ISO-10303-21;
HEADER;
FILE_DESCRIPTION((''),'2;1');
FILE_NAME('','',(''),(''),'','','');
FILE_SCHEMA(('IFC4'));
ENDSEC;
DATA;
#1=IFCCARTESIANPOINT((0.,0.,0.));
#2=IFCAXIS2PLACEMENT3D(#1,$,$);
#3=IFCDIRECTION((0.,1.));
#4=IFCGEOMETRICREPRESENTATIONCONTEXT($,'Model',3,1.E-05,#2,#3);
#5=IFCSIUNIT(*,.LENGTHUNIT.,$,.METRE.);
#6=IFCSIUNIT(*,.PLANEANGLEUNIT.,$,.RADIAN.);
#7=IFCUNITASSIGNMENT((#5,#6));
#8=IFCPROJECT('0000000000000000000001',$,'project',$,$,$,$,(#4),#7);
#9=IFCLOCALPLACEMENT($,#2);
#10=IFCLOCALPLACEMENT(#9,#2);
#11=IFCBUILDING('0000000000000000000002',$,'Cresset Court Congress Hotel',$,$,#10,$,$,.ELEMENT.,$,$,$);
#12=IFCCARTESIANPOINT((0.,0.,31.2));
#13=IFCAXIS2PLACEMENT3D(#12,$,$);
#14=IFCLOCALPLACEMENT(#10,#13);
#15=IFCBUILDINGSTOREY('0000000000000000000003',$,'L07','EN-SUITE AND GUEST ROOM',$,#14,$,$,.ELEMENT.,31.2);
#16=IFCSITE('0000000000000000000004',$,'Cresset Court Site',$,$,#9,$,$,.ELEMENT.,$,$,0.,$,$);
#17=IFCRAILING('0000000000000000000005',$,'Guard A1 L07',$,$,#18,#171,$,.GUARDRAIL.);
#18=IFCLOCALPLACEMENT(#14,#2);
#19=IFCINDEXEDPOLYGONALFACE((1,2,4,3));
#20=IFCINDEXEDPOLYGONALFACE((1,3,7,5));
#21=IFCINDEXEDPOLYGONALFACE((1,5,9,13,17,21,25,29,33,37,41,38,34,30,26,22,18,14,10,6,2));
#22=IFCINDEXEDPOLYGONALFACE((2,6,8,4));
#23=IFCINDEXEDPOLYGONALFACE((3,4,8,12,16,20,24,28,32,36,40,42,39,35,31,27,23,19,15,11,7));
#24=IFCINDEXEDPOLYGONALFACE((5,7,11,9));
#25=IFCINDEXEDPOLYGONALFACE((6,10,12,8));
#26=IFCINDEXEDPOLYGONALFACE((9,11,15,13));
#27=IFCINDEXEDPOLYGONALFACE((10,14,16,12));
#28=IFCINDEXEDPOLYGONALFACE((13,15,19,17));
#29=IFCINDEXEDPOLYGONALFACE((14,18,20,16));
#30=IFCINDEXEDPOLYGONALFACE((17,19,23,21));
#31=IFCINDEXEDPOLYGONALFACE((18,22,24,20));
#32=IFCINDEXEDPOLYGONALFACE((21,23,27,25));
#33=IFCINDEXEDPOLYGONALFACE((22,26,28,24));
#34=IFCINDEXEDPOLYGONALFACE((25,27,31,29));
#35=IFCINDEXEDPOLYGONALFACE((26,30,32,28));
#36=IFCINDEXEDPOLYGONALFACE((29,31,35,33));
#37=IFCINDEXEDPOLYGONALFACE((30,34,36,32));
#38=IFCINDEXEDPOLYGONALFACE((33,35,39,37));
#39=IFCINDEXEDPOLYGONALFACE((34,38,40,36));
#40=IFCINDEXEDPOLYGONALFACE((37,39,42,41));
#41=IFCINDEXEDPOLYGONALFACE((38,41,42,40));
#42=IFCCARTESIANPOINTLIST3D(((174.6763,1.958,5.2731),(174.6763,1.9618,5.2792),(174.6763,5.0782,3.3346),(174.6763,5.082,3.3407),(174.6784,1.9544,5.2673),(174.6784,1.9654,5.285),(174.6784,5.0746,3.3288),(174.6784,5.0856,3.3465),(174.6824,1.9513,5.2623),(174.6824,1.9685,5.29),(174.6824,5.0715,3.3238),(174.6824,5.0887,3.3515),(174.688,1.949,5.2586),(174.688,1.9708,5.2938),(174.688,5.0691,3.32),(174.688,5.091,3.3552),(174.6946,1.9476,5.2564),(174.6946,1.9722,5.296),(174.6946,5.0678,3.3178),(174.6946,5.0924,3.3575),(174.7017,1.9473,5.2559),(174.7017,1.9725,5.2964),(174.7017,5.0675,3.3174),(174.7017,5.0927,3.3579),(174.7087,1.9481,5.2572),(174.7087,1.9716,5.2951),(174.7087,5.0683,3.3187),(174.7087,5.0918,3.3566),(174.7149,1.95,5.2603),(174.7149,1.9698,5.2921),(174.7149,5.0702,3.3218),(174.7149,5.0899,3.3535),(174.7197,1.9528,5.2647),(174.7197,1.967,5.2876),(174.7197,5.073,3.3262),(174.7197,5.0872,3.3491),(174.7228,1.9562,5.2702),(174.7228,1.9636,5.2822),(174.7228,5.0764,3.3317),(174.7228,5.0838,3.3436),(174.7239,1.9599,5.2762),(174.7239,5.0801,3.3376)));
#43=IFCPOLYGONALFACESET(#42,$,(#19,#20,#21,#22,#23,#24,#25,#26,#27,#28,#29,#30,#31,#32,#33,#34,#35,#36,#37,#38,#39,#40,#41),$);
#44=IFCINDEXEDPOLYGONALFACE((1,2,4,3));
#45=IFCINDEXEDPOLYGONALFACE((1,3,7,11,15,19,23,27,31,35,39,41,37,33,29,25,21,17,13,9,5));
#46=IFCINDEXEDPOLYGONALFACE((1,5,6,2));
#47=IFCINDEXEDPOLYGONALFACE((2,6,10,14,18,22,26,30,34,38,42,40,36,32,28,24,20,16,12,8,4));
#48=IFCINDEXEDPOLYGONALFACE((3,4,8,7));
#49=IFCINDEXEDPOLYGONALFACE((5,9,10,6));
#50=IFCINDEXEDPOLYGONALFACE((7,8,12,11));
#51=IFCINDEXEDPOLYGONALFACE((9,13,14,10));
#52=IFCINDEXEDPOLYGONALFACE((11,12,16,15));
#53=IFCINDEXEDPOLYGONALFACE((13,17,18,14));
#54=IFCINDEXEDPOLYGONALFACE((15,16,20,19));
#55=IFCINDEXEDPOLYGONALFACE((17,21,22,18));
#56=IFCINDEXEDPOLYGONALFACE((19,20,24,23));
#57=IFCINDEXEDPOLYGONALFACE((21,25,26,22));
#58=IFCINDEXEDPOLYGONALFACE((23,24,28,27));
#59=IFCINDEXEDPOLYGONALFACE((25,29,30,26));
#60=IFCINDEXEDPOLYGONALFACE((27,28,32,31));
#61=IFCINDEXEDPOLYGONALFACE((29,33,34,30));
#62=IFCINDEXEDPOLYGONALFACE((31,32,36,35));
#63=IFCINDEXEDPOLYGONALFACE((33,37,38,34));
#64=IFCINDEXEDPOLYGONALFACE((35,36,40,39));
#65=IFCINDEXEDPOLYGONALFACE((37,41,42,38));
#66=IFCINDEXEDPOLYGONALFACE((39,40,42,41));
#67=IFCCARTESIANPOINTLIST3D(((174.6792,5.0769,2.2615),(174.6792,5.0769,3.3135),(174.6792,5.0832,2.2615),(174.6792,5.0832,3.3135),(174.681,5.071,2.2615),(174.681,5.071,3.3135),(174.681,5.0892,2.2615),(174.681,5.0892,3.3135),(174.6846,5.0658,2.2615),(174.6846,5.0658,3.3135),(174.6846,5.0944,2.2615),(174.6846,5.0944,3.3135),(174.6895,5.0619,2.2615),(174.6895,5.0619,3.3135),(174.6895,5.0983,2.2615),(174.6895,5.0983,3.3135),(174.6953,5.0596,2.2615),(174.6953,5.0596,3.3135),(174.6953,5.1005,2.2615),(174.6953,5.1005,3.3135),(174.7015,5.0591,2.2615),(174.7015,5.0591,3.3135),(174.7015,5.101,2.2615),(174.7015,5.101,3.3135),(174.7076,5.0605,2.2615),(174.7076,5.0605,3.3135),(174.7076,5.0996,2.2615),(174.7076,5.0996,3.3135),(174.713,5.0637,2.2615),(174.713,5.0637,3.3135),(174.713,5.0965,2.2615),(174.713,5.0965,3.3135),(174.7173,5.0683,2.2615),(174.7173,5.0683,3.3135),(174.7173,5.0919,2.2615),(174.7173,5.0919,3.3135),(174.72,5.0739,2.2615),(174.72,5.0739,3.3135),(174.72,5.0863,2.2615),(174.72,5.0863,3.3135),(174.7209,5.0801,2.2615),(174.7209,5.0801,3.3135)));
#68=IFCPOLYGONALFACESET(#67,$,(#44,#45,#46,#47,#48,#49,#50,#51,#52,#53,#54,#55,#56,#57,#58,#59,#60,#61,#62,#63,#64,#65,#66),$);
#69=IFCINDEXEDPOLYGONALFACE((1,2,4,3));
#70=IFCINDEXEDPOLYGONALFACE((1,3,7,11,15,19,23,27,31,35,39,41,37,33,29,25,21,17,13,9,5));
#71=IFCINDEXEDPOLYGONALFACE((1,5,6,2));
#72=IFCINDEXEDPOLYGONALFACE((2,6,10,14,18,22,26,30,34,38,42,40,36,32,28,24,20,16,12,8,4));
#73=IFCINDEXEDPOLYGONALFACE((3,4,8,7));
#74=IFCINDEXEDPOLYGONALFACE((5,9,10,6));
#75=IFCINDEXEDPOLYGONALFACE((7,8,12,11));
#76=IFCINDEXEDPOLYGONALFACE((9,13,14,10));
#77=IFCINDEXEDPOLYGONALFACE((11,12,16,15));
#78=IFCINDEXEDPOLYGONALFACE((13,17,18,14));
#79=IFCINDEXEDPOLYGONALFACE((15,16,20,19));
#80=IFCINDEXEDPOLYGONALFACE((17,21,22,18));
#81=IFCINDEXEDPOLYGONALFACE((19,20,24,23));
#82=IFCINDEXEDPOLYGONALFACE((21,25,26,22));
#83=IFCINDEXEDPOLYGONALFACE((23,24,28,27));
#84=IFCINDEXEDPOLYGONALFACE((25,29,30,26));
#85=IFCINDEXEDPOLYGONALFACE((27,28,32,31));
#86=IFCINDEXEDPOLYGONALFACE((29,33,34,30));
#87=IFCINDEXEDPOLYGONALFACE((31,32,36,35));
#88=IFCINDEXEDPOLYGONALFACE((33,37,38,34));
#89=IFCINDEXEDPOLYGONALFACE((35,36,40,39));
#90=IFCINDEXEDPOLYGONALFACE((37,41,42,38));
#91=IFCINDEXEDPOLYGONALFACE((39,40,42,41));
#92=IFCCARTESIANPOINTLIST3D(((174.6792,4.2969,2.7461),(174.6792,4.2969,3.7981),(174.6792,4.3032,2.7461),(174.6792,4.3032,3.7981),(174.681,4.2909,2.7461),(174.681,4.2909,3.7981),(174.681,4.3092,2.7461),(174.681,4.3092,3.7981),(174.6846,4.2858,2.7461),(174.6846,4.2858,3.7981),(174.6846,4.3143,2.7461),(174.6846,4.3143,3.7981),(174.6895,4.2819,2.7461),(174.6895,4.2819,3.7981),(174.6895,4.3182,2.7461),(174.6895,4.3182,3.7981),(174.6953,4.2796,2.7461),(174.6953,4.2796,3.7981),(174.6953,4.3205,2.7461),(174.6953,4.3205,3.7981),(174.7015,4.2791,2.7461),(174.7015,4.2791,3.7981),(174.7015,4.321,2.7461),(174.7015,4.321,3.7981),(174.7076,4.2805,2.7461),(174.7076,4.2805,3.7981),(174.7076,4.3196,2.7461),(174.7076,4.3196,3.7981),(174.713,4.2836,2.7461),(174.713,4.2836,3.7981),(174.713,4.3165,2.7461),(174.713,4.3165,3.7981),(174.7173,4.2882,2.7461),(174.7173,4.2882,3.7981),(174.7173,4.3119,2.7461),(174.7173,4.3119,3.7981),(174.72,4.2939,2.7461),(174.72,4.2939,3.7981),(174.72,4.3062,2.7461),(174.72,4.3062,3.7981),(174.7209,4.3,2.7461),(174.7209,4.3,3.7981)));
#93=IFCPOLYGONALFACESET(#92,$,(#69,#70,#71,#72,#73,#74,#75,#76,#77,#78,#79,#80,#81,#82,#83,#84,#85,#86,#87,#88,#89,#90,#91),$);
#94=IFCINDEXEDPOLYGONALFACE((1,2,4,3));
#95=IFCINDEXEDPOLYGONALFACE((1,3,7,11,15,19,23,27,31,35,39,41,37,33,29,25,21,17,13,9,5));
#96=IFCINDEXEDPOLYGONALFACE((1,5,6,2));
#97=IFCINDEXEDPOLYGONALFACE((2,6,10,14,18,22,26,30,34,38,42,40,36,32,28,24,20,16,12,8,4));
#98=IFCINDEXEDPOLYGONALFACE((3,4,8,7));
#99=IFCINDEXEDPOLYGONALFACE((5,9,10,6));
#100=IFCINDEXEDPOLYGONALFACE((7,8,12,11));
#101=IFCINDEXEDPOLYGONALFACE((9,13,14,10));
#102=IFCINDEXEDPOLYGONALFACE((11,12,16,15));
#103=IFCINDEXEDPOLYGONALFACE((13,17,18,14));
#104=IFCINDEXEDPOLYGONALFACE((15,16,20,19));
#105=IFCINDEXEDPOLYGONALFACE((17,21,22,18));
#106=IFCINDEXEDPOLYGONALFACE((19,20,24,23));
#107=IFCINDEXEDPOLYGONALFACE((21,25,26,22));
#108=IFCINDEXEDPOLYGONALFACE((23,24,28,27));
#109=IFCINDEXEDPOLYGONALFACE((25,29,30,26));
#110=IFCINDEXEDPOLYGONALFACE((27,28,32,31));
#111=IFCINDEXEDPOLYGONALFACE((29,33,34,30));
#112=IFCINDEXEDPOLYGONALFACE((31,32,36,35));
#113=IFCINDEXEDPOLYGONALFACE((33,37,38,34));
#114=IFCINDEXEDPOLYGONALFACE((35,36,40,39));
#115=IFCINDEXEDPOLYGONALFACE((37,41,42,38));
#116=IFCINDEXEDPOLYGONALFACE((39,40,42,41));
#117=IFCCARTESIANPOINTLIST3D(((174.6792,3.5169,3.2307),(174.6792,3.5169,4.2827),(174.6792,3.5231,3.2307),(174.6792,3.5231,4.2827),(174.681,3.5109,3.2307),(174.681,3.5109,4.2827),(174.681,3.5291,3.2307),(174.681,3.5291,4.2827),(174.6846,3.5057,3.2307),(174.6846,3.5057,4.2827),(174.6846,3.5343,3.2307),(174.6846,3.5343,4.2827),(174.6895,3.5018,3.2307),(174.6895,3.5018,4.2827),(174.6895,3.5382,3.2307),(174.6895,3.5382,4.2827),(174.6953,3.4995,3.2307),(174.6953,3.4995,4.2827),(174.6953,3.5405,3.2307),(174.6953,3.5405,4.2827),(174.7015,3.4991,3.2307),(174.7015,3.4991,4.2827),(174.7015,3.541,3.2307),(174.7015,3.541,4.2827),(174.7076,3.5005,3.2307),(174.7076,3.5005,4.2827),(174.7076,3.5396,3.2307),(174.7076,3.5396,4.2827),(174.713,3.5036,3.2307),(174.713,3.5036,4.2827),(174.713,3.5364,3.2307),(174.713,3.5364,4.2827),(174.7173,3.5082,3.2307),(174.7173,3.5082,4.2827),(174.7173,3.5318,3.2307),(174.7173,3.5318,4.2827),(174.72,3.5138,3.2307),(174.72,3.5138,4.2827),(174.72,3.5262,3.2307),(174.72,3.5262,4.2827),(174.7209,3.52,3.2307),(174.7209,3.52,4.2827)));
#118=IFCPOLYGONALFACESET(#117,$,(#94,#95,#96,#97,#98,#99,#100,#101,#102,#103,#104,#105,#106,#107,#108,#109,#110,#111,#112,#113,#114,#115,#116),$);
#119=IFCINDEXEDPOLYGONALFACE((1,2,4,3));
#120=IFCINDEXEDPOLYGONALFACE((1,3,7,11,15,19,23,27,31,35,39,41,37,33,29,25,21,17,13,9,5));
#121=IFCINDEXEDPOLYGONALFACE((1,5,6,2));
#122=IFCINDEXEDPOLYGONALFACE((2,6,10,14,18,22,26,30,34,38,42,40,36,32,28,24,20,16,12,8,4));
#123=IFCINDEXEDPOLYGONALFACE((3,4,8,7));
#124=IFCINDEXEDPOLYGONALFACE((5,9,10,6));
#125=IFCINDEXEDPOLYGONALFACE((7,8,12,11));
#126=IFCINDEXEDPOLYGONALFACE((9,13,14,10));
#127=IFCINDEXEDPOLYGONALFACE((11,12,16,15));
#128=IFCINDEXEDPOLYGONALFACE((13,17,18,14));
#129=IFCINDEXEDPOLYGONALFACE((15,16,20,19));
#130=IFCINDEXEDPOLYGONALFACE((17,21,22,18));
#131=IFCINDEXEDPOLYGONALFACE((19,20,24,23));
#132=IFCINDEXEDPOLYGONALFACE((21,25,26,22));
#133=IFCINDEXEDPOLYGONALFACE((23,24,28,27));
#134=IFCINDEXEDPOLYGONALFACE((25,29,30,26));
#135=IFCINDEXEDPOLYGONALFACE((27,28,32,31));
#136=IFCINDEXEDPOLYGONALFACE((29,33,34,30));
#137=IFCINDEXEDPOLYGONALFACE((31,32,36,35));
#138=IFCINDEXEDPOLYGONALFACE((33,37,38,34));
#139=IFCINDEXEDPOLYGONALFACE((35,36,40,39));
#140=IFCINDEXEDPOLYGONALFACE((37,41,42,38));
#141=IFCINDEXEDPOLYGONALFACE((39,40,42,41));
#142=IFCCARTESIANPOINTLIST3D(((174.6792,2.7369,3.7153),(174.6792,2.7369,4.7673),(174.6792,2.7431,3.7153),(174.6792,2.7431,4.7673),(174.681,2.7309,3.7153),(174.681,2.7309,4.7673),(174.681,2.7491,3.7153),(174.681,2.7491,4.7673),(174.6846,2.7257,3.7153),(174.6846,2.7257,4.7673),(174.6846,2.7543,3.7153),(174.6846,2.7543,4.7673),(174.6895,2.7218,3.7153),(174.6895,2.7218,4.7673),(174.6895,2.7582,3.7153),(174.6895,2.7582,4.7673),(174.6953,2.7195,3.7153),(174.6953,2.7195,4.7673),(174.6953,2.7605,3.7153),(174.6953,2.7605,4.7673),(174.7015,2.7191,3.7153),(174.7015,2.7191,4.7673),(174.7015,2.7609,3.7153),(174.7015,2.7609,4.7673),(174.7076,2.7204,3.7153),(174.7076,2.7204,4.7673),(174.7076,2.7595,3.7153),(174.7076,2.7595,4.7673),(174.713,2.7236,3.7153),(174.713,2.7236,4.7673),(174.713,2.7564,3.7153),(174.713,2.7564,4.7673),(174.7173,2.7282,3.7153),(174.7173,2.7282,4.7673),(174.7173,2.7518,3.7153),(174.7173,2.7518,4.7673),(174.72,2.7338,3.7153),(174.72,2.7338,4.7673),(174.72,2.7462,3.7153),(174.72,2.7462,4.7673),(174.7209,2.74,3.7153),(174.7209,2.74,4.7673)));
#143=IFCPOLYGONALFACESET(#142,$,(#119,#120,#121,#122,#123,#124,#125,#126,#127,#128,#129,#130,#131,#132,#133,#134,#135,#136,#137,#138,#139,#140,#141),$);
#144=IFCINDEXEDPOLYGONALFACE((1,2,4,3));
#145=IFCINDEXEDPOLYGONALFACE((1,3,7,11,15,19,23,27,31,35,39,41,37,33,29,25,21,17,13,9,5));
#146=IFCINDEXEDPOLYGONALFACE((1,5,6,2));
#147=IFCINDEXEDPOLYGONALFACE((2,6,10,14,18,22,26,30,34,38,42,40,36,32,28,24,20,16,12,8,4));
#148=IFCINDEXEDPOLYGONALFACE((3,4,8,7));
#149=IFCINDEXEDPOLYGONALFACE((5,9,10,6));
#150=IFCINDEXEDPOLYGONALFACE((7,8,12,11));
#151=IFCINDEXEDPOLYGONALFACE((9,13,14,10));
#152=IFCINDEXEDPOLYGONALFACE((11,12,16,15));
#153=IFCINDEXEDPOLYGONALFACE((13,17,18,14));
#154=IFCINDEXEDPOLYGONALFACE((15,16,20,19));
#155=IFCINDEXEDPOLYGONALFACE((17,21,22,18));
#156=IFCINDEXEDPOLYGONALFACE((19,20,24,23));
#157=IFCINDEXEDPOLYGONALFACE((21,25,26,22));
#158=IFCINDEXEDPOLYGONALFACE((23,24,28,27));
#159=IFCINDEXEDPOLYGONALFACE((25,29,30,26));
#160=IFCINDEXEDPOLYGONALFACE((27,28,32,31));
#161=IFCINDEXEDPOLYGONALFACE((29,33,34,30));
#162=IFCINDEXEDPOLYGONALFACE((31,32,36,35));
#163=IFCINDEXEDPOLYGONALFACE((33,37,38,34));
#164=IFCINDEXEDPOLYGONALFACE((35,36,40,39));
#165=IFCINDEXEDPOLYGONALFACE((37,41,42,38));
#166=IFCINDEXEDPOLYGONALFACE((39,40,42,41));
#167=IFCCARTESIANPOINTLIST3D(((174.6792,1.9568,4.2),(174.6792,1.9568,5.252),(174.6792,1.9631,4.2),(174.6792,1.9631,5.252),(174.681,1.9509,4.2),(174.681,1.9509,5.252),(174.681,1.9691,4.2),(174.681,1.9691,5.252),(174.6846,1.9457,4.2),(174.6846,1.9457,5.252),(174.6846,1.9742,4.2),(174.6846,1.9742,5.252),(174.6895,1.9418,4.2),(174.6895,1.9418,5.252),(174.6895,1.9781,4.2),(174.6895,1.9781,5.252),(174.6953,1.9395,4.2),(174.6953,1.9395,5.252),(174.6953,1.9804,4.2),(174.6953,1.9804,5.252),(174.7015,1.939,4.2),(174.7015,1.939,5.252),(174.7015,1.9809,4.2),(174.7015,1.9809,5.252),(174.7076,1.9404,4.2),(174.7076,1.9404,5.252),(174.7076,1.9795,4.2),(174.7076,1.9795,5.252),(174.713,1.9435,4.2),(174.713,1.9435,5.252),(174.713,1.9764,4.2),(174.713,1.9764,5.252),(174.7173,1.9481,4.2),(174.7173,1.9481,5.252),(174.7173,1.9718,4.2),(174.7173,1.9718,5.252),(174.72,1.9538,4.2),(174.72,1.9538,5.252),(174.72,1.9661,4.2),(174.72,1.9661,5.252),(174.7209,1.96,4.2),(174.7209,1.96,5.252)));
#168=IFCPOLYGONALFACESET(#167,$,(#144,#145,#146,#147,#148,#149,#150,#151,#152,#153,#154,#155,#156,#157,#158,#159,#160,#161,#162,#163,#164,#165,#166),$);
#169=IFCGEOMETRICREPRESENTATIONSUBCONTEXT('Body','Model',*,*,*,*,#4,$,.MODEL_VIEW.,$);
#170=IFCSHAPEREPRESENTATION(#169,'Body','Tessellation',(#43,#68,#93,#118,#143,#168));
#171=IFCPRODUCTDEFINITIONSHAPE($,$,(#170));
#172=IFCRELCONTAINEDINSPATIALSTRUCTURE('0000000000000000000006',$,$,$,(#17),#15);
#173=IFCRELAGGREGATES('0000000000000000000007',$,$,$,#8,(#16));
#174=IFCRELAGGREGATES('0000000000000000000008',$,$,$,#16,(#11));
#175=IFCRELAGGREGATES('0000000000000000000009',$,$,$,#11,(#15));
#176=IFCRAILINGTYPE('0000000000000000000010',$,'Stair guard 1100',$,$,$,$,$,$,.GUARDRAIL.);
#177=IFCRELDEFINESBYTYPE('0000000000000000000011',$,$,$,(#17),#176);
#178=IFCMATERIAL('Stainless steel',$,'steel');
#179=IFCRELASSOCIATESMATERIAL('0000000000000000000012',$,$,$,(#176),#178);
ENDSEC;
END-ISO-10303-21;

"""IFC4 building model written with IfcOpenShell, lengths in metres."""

from ifc_helpers import new_model, si_unit, direction, frame, origin, origin_2d, place, context, subcontext, project, spatial, circle, extrude, material, type_object, element, save


model = new_model("IFC4")

# Units and contexts
model_context = context("Model", 3, precision=1e-05, world=origin(), true_north=direction((0.0, 1.0)))
body_context = subcontext(model_context, "Body", "Model", "MODEL_VIEW")
ifc_project = project(units=[si_unit("LENGTHUNIT", "METRE"), si_unit("PLANEANGLEUNIT", "RADIAN")], contexts=[model_context])

# Site, building, storey
site_placement = place(None, origin())
site = spatial("IfcSite", under=ifc_project, at=site_placement, Name="Cresset Court Site", CompositionType="ELEMENT", RefElevation=0.0)
building_placement = place(site_placement, origin())
building = spatial("IfcBuilding", under=site, at=building_placement, Name="Cresset Court Congress Hotel", CompositionType="ELEMENT")
storey_placement = place(building_placement, frame((0.0, 0.0, 31.2)))
storey = spatial("IfcBuildingStorey", under=building, at=storey_placement, Name="L07", Description="EN-SUITE AND GUEST ROOM", CompositionType="ELEMENT", Elevation=31.2)

# Railing
ifc_material_1 = material(Name="Stainless steel", Category="steel")
railing_type_1 = type_object("IfcRailingType", Name="Stair guard 1100", PredefinedType="GUARDRAIL", material=ifc_material_1)
railing_1_placement = place(storey_placement, frame((174.7, 5.0801, 2.2615)))
element("IfcRailing", 1, at=railing_1_placement, inside=storey, type_object=railing_type_1, Name="Guard A1 L07", PredefinedType="GUARDRAIL", context=body_context, shape_type="SweptSolid", body=[
    extrude(circle(Radius=0.0239, at=origin_2d()), frame((0.0, 0.0, 1.0762), z_axis=(0.0, -0.849414, 0.527727), x_axis=(1.0, 0.0, 0.0)), (0.0, 0.0, 1.0), 3.6733),
    extrude(circle(Radius=0.021, at=origin_2d()), origin(), (0.0, 0.0, 1.0), 1.052),
    extrude(circle(Radius=0.021, at=origin_2d()), frame((0.0, -0.78, 0.4846)), (0.0, 0.0, 1.0), 1.052),
    extrude(circle(Radius=0.021, at=origin_2d()), frame((0.0, -1.5601, 0.9692)), (0.0, 0.0, 1.0), 1.052),
    extrude(circle(Radius=0.021, at=origin_2d()), frame((0.0, -2.3401, 1.4539)), (0.0, 0.0, 1.0), 1.052),
    extrude(circle(Radius=0.021, at=origin_2d()), frame((0.0, -3.1201, 1.9385)), (0.0, 0.0, 1.0), 1.052),
])

save(model, "model.ifc")
